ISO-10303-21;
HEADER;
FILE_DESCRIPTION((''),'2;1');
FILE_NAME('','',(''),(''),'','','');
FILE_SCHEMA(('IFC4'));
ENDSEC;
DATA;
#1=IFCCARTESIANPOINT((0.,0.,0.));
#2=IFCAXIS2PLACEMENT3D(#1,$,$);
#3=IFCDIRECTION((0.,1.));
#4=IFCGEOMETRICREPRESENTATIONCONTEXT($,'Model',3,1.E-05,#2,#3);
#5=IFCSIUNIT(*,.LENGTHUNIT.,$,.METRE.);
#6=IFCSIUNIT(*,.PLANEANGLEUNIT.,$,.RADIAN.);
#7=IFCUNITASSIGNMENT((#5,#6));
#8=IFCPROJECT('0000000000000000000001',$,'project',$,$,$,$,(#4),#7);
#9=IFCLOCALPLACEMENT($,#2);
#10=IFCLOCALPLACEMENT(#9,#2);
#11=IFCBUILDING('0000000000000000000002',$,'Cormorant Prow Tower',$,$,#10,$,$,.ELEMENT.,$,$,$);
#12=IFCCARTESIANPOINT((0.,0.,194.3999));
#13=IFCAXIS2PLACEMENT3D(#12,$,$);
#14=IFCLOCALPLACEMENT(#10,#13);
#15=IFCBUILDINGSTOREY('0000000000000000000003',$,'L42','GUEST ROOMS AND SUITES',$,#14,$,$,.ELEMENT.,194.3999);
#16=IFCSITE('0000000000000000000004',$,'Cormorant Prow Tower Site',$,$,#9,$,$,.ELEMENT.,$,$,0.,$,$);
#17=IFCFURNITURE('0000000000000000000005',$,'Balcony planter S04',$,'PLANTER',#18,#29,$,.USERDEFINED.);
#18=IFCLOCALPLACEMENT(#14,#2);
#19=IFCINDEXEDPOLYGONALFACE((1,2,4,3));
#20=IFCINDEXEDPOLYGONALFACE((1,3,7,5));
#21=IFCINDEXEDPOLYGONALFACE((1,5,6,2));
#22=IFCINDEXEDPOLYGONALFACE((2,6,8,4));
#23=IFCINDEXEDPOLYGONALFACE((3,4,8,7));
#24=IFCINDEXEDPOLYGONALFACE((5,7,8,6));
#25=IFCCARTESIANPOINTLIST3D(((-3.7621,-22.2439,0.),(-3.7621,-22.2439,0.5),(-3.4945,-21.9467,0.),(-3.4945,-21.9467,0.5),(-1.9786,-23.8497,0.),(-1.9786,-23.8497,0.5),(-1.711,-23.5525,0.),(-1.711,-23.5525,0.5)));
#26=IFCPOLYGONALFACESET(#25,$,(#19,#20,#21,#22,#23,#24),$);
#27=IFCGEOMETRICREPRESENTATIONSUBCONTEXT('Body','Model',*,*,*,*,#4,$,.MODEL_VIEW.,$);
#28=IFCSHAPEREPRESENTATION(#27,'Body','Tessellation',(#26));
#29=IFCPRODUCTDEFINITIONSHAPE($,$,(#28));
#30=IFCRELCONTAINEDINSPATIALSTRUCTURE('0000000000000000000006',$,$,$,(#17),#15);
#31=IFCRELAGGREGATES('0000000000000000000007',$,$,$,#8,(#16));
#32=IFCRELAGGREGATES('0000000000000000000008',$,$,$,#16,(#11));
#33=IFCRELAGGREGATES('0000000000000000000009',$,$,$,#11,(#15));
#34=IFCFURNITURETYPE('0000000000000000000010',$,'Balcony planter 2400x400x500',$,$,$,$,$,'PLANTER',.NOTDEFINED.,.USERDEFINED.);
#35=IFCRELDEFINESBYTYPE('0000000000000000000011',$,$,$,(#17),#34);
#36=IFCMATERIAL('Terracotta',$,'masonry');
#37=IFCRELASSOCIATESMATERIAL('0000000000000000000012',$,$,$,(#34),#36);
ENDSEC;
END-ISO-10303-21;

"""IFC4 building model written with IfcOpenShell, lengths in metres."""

from ifc_helpers import new_model, si_unit, direction, frame, origin, origin_2d, place, context, subcontext, project, spatial, rectangle, extrude, material, type_object, element, save


model = new_model("IFC4")

# Units and contexts
model_context = context("Model", 3, precision=1e-05, world=origin(), true_north=direction((0.0, 1.0)))
body_context = subcontext(model_context, "Body", "Model", "MODEL_VIEW")
ifc_project = project(units=[si_unit("LENGTHUNIT", "METRE"), si_unit("PLANEANGLEUNIT", "RADIAN")], contexts=[model_context])

# Site, building, storey
site_placement = place(None, origin())
site = spatial("IfcSite", under=ifc_project, at=site_placement, Name="Cormorant Prow Tower Site", CompositionType="ELEMENT", RefElevation=0.0)
building_placement = place(site_placement, origin())
building = spatial("IfcBuilding", under=site, at=building_placement, Name="Cormorant Prow Tower", CompositionType="ELEMENT")
storey_placement = place(building_placement, frame((0.0, 0.0, 194.3999)))
storey = spatial("IfcBuildingStorey", under=building, at=storey_placement, Name="L42", Description="GUEST ROOMS AND SUITES", CompositionType="ELEMENT", Elevation=194.3999)

# Furniture
ifc_material_1 = material(Name="Terracotta", Category="masonry")
furniture_type = type_object("IfcFurnitureType", Name="Balcony planter 2400x400x500", ElementType="PLANTER", AssemblyPlace="NOTDEFINED", PredefinedType="USERDEFINED", material=ifc_material_1)
furniture_placement = place(storey_placement, frame((-2.7366, -22.8982, 0.0), z_axis=(0.0, 0.0, 1.0), x_axis=(0.743145, -0.669131, 0.0)))
element("IfcFurniture", 1, at=furniture_placement, inside=storey, type_object=furniture_type, Name="Balcony planter S04", ObjectType="PLANTER", PredefinedType="USERDEFINED", context=body_context, shape_type="SweptSolid", body=[
    extrude(rectangle(XDim=2.3999, YDim=0.3999, at=origin_2d()), origin(), (0.0, 0.0, 1.0), 0.5),
])

save(model, "model.ifc")
